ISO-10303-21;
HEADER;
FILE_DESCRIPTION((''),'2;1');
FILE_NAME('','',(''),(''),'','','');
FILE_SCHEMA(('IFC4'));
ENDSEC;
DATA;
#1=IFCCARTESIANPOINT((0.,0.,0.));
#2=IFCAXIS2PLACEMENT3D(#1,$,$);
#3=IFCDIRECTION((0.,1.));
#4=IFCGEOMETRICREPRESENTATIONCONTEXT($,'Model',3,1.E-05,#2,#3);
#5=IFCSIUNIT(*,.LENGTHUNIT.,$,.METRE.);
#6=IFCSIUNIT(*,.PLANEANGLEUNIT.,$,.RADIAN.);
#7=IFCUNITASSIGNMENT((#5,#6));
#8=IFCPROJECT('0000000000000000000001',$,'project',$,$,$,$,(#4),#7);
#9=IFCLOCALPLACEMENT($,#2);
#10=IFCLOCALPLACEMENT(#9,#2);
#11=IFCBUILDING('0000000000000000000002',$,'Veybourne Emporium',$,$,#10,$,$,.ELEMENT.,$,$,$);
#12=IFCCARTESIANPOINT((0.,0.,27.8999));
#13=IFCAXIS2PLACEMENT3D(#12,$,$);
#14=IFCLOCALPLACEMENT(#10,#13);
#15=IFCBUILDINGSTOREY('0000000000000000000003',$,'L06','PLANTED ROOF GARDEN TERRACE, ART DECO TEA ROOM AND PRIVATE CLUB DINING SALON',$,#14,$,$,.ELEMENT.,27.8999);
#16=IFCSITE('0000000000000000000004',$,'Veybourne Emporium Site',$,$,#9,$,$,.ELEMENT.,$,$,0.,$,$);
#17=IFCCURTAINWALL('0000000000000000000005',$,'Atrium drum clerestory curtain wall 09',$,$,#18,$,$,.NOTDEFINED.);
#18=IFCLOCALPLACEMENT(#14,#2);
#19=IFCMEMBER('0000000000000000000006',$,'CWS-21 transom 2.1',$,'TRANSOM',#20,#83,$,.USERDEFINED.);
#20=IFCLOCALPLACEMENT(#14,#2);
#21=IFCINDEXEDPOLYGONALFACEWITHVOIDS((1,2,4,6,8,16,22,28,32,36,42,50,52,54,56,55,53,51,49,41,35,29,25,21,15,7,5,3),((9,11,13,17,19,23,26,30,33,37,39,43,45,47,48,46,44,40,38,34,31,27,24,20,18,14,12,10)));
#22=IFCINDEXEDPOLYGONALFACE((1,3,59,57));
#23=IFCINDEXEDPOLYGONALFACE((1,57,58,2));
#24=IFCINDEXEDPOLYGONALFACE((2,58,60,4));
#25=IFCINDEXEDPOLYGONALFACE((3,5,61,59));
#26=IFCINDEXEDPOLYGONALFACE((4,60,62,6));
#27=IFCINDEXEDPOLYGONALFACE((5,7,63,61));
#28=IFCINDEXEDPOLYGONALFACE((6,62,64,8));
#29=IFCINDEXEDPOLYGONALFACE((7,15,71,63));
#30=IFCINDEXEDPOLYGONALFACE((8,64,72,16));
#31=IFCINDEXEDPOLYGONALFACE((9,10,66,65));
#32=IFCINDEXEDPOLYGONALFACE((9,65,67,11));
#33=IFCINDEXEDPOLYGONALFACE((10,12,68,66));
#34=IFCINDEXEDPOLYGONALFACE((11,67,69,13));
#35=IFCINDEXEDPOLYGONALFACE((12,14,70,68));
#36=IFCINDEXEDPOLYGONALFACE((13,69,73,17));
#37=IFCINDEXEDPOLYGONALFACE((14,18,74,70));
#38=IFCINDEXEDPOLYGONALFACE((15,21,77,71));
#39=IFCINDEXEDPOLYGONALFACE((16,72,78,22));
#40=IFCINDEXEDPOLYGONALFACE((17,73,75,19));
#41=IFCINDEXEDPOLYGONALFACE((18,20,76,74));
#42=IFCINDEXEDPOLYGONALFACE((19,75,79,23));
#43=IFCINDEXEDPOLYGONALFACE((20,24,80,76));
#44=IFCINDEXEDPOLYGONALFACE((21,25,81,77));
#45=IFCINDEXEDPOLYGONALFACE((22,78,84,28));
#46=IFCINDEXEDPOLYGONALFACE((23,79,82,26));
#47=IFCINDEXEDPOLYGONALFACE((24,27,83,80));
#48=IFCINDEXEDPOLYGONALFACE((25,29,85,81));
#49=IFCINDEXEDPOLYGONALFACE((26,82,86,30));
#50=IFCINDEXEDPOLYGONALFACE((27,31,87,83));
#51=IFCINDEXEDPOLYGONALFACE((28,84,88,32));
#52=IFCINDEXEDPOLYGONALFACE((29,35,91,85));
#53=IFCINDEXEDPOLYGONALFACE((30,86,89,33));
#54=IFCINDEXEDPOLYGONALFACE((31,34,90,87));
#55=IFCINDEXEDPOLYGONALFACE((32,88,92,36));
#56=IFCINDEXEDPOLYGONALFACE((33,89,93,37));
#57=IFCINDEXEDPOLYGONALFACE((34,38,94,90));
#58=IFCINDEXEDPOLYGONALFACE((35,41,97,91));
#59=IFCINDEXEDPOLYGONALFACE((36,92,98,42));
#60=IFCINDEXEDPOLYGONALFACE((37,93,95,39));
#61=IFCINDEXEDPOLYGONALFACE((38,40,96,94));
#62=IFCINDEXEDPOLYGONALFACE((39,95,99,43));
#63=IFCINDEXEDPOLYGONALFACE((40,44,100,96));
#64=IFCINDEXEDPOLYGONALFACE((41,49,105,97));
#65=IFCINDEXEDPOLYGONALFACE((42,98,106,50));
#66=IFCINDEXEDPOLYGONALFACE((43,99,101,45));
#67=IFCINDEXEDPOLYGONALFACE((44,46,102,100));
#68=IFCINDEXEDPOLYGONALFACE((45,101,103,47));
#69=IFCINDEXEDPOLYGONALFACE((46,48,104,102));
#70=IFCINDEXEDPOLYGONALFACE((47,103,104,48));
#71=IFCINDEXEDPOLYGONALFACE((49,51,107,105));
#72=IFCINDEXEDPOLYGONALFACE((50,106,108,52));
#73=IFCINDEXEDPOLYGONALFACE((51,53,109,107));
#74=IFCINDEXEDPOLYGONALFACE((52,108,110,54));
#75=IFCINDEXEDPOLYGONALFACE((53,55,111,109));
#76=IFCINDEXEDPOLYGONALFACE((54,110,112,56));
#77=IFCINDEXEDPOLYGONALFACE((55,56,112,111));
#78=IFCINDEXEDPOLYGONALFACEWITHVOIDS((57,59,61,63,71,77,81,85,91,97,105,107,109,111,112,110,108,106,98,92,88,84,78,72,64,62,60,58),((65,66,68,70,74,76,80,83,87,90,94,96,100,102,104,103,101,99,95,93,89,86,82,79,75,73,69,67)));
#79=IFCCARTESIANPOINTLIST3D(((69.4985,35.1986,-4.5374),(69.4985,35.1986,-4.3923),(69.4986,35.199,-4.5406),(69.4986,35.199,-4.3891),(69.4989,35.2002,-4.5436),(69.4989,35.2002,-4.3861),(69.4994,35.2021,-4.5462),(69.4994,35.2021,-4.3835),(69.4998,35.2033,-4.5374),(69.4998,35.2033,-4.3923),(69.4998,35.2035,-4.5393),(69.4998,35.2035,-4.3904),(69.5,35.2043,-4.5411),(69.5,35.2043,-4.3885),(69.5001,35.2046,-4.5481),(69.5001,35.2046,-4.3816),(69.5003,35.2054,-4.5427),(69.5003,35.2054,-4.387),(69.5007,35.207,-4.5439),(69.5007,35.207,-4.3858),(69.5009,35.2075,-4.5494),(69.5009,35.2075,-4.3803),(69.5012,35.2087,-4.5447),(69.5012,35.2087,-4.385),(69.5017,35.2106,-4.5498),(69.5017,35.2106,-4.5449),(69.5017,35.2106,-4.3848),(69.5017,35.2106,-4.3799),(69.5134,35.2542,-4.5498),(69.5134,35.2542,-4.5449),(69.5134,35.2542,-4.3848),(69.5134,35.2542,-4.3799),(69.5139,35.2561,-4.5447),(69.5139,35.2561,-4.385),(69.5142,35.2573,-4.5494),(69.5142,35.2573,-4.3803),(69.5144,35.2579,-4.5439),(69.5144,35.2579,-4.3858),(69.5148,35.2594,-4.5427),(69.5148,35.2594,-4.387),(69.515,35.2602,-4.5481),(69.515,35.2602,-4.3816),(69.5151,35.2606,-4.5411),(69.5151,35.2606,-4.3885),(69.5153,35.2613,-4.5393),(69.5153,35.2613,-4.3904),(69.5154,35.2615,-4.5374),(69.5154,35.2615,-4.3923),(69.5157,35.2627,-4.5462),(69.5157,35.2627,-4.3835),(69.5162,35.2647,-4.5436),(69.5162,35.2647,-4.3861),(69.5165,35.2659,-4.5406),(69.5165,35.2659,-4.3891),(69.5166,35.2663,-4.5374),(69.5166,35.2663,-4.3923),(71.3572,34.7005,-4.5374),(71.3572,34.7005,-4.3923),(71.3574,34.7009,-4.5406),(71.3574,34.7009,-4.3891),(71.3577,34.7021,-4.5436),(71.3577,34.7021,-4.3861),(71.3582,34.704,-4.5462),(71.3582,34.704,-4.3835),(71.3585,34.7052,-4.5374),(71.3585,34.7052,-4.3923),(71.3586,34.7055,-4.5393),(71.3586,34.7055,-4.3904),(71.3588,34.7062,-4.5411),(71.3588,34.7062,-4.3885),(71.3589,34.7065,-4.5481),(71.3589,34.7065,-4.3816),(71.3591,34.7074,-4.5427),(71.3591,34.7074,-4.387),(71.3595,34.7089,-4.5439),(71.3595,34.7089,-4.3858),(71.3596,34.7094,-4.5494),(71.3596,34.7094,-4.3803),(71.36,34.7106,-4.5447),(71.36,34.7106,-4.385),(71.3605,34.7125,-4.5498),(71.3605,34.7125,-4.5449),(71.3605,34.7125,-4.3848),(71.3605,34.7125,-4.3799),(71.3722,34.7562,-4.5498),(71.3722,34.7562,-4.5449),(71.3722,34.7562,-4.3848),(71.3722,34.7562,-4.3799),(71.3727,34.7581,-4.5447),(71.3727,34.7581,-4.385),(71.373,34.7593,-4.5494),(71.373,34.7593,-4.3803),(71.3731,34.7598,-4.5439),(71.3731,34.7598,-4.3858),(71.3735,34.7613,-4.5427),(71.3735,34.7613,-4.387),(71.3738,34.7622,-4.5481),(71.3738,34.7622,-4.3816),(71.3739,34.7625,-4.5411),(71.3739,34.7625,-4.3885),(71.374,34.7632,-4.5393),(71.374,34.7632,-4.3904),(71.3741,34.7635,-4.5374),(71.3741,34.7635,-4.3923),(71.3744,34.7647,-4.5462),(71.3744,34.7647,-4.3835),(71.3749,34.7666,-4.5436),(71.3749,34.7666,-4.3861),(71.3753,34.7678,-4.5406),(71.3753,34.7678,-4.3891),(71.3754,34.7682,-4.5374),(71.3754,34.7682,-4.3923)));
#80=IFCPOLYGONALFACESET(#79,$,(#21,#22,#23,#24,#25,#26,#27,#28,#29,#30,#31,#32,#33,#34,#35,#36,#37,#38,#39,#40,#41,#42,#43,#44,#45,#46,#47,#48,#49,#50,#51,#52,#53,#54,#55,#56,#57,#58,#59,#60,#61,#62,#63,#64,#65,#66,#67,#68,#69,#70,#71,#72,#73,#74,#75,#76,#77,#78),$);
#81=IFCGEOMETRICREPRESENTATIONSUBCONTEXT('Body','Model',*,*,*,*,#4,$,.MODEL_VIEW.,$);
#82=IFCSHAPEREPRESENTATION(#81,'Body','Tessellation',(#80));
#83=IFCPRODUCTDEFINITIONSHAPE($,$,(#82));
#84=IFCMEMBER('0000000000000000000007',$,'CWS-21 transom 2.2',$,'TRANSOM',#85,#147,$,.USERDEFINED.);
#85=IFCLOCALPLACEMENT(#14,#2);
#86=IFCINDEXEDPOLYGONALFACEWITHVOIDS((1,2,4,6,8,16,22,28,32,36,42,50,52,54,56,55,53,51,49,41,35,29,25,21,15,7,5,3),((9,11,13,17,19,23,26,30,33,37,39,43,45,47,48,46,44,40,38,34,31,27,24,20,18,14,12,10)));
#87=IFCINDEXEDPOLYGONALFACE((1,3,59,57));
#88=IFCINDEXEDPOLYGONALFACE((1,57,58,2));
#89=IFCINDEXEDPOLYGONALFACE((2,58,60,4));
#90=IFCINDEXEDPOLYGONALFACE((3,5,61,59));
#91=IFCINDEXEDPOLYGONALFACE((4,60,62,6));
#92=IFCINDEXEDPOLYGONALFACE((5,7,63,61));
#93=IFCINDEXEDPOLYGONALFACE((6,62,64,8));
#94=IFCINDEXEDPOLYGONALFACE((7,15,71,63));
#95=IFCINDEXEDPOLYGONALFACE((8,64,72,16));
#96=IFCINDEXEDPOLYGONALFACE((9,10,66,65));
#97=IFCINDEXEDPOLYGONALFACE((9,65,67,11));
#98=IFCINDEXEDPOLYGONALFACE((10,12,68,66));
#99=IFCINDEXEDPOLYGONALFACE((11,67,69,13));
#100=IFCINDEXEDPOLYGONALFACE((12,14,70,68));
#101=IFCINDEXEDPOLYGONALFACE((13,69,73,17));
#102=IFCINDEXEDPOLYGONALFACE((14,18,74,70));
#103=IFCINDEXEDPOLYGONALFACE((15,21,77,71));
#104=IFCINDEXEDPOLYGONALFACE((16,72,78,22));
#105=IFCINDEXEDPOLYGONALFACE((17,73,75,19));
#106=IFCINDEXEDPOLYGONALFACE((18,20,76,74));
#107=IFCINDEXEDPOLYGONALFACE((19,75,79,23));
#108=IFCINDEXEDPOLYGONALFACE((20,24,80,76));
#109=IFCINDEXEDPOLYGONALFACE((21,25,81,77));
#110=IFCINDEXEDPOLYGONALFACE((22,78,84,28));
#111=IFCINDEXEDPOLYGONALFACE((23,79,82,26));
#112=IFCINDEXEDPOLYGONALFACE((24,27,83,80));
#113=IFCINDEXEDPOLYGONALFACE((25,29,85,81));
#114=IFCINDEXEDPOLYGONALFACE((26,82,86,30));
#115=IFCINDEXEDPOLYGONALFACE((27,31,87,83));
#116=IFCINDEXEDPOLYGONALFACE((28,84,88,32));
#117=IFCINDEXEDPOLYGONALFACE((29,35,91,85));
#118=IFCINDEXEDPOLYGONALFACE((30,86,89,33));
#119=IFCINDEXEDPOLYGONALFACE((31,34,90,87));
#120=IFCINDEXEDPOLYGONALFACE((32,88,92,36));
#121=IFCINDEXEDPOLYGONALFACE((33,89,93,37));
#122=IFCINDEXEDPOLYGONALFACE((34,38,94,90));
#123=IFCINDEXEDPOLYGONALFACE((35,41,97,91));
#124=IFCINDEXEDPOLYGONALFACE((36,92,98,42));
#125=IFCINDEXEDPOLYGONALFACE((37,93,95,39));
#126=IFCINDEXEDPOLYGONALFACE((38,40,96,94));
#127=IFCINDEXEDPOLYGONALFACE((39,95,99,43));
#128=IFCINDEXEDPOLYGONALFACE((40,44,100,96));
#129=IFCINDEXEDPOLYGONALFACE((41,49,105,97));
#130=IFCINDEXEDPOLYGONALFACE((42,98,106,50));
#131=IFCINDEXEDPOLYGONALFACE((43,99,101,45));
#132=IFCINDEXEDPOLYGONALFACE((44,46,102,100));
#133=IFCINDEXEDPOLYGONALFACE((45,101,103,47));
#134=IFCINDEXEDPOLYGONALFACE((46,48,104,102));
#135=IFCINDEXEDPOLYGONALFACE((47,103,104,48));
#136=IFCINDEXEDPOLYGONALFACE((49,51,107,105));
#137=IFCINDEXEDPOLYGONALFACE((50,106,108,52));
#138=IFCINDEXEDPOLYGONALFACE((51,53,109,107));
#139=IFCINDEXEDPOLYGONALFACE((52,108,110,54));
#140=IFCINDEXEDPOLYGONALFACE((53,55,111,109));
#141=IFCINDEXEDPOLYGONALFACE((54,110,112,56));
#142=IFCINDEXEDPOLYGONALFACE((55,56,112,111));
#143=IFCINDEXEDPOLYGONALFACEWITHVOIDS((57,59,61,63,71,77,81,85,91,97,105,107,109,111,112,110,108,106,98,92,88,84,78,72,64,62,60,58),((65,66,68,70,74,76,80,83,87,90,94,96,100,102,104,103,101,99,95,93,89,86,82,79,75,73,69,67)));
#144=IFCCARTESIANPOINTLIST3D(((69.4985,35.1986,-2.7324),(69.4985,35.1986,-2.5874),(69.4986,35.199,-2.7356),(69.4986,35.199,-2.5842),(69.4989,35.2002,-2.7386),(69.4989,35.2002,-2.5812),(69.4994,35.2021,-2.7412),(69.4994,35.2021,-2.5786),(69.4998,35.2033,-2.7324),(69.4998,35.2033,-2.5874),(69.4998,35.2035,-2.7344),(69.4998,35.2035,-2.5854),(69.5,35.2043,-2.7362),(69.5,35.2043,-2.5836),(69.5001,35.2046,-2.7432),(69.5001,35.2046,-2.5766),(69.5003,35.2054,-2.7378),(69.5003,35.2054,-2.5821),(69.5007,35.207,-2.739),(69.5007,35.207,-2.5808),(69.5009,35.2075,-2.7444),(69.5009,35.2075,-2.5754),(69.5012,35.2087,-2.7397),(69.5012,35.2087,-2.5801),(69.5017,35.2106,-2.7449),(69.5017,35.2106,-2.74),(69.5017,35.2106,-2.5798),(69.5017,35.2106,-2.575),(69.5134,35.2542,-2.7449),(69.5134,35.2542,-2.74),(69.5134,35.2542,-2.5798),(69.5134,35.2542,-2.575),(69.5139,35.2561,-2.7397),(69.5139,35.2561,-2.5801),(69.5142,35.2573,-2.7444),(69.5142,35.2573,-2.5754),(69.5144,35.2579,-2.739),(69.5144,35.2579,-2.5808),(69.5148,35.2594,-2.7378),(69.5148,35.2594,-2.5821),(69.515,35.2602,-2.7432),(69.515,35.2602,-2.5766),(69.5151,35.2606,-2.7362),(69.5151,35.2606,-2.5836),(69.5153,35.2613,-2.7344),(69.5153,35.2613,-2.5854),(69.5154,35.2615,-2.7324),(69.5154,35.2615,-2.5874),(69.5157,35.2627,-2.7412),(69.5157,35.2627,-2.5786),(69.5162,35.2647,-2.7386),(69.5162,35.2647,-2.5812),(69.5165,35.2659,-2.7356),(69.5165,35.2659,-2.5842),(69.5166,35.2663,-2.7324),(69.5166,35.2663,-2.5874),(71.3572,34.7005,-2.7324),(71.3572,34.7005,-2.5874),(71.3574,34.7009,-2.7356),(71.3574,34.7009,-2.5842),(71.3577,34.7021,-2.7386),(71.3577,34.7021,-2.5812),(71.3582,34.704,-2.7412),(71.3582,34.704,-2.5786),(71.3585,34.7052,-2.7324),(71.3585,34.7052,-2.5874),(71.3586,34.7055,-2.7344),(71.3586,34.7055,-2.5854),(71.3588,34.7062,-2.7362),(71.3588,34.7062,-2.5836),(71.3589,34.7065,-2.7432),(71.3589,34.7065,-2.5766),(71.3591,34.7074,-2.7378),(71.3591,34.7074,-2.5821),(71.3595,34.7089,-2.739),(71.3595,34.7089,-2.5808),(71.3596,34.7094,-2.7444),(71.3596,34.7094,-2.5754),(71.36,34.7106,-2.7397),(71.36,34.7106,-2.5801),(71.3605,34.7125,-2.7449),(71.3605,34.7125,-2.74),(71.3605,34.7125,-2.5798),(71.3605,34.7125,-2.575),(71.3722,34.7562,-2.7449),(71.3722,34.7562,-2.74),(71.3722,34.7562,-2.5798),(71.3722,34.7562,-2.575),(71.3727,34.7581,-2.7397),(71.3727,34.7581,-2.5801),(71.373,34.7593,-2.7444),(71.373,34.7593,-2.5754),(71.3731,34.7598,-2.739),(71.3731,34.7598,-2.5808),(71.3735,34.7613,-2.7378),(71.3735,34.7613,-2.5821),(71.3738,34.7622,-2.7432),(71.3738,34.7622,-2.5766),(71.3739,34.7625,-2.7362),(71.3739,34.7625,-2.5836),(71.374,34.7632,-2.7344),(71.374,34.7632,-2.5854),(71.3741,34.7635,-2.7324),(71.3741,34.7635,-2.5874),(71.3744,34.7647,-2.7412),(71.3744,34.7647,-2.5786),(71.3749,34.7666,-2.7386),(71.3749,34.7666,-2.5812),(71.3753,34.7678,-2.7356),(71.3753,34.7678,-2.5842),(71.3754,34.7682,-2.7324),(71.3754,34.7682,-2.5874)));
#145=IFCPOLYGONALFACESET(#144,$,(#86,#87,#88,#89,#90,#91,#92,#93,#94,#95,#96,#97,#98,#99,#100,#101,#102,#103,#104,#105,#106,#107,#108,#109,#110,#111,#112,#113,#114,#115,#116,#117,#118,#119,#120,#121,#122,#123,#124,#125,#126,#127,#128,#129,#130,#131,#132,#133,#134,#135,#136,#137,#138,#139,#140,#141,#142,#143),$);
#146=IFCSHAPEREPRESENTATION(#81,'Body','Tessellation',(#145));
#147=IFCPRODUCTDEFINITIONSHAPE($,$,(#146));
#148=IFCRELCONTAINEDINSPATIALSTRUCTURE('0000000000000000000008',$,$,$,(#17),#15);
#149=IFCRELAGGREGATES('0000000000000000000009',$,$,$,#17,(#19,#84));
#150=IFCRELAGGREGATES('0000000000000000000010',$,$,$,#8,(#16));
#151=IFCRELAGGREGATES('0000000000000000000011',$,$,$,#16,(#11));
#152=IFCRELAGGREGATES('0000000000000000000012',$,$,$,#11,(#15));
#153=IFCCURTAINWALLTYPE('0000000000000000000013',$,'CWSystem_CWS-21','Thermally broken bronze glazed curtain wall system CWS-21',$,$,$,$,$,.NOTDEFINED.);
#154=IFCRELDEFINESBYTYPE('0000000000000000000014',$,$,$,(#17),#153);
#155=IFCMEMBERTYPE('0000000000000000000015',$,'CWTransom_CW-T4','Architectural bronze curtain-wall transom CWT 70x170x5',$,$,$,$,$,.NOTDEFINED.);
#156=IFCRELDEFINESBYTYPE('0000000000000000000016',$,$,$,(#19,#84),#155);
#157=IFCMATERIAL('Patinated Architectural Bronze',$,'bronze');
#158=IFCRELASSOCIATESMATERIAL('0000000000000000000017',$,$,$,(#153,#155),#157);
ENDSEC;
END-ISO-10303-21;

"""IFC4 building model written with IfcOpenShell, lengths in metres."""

from ifc_helpers import new_model, si_unit, direction, frame, origin, origin_2d, place, context, subcontext, project, spatial, hollow_rectangle, extrude, material, material_profile, profile_set, type_object, element, aggregate, save


model = new_model("IFC4")

# Units and contexts
model_context = context("Model", 3, precision=1e-05, world=origin(), true_north=direction((0.0, 1.0)))
body_context = subcontext(model_context, "Body", "Model", "MODEL_VIEW")
ifc_project = project(units=[si_unit("LENGTHUNIT", "METRE"), si_unit("PLANEANGLEUNIT", "RADIAN")], contexts=[model_context])

# Site, building, storey
site_placement = place(None, origin())
site = spatial("IfcSite", under=ifc_project, at=site_placement, Name="Veybourne Emporium Site", CompositionType="ELEMENT", RefElevation=0.0)
building_placement = place(site_placement, origin())
building = spatial("IfcBuilding", under=site, at=building_placement, Name="Veybourne Emporium", CompositionType="ELEMENT")
storey_placement = place(building_placement, frame((0.0, 0.0, 27.8999)))
storey = spatial("IfcBuildingStorey", under=building, at=storey_placement, Name="L06", Description="PLANTED ROOF GARDEN TERRACE, ART DECO TEA ROOM AND PRIVATE CLUB DINING SALON", CompositionType="ELEMENT", Elevation=27.8999)

# Curtain wall
ifc_material_1 = material(Name="Patinated Architectural Bronze", Category="bronze")
curtain_wall_type_1 = type_object("IfcCurtainWallType", Name="CWSystem_CWS-21", Description="Thermally broken bronze glazed curtain wall system CWS-21", PredefinedType="NOTDEFINED", material=ifc_material_1)
curtain_wall_1_placement = place(storey_placement, origin())
curtain_wall_1 = element("IfcCurtainWall", 1, at=curtain_wall_1_placement, inside=storey, type_object=curtain_wall_type_1, Name="Atrium drum clerestory curtain wall 09", PredefinedType="NOTDEFINED")

# Members
ifc_material_profile_1 = material_profile(ifc_material_1, hollow_rectangle(XDim=0.0701, YDim=0.1699, WallThickness=0.0049, InnerFilletRadius=0.0076, OuterFilletRadius=0.0125, at=origin_2d()), Name="CWT 70x170x5")
ifc_profile_set_1 = profile_set([ifc_material_profile_1], Name="Patinated Architectural Bronze")
member_type_1 = type_object("IfcMemberType", Name="CWTransom_CW-T4", Description="Architectural bronze curtain-wall transom CWT 70x170x5", PredefinedType="NOTDEFINED", material=ifc_profile_set_1)
member_1_placement = place(storey_placement, frame((69.5076, 35.2324, -4.4648), z_axis=(0.965923, -0.258831, 0.0), x_axis=(0.258831, 0.965923, 0.0)))
member_1 = element("IfcMember", 2, at=member_1_placement, type_object=member_type_1, Name="CWS-21 transom 2.1", ObjectType="TRANSOM", PredefinedType="USERDEFINED", context=body_context, shape_type="SweptSolid", body=[
    extrude(hollow_rectangle(XDim=0.0701, YDim=0.1699, WallThickness=0.0049, InnerFilletRadius=0.0076, OuterFilletRadius=0.0125, at=origin_2d()), origin(), (0.0, 0.0, 1.0), 1.9243),
])
member_2_placement = place(storey_placement, frame((69.5076, 35.2324, -2.6599), z_axis=(0.965923, -0.258831, 0.0), x_axis=(0.258831, 0.965923, 0.0)))
member_2 = element("IfcMember", 3, at=member_2_placement, type_object=member_type_1, Name="CWS-21 transom 2.2", ObjectType="TRANSOM", PredefinedType="USERDEFINED", context=body_context, shape_type="SweptSolid", body=[
    extrude(hollow_rectangle(XDim=0.0701, YDim=0.1699, WallThickness=0.0049, InnerFilletRadius=0.0076, OuterFilletRadius=0.0125, at=origin_2d()), origin(), (0.0, 0.0, 1.0), 1.9243),
])

aggregate(curtain_wall_1, [member_1, member_2])

save(model, "model.ifc")
